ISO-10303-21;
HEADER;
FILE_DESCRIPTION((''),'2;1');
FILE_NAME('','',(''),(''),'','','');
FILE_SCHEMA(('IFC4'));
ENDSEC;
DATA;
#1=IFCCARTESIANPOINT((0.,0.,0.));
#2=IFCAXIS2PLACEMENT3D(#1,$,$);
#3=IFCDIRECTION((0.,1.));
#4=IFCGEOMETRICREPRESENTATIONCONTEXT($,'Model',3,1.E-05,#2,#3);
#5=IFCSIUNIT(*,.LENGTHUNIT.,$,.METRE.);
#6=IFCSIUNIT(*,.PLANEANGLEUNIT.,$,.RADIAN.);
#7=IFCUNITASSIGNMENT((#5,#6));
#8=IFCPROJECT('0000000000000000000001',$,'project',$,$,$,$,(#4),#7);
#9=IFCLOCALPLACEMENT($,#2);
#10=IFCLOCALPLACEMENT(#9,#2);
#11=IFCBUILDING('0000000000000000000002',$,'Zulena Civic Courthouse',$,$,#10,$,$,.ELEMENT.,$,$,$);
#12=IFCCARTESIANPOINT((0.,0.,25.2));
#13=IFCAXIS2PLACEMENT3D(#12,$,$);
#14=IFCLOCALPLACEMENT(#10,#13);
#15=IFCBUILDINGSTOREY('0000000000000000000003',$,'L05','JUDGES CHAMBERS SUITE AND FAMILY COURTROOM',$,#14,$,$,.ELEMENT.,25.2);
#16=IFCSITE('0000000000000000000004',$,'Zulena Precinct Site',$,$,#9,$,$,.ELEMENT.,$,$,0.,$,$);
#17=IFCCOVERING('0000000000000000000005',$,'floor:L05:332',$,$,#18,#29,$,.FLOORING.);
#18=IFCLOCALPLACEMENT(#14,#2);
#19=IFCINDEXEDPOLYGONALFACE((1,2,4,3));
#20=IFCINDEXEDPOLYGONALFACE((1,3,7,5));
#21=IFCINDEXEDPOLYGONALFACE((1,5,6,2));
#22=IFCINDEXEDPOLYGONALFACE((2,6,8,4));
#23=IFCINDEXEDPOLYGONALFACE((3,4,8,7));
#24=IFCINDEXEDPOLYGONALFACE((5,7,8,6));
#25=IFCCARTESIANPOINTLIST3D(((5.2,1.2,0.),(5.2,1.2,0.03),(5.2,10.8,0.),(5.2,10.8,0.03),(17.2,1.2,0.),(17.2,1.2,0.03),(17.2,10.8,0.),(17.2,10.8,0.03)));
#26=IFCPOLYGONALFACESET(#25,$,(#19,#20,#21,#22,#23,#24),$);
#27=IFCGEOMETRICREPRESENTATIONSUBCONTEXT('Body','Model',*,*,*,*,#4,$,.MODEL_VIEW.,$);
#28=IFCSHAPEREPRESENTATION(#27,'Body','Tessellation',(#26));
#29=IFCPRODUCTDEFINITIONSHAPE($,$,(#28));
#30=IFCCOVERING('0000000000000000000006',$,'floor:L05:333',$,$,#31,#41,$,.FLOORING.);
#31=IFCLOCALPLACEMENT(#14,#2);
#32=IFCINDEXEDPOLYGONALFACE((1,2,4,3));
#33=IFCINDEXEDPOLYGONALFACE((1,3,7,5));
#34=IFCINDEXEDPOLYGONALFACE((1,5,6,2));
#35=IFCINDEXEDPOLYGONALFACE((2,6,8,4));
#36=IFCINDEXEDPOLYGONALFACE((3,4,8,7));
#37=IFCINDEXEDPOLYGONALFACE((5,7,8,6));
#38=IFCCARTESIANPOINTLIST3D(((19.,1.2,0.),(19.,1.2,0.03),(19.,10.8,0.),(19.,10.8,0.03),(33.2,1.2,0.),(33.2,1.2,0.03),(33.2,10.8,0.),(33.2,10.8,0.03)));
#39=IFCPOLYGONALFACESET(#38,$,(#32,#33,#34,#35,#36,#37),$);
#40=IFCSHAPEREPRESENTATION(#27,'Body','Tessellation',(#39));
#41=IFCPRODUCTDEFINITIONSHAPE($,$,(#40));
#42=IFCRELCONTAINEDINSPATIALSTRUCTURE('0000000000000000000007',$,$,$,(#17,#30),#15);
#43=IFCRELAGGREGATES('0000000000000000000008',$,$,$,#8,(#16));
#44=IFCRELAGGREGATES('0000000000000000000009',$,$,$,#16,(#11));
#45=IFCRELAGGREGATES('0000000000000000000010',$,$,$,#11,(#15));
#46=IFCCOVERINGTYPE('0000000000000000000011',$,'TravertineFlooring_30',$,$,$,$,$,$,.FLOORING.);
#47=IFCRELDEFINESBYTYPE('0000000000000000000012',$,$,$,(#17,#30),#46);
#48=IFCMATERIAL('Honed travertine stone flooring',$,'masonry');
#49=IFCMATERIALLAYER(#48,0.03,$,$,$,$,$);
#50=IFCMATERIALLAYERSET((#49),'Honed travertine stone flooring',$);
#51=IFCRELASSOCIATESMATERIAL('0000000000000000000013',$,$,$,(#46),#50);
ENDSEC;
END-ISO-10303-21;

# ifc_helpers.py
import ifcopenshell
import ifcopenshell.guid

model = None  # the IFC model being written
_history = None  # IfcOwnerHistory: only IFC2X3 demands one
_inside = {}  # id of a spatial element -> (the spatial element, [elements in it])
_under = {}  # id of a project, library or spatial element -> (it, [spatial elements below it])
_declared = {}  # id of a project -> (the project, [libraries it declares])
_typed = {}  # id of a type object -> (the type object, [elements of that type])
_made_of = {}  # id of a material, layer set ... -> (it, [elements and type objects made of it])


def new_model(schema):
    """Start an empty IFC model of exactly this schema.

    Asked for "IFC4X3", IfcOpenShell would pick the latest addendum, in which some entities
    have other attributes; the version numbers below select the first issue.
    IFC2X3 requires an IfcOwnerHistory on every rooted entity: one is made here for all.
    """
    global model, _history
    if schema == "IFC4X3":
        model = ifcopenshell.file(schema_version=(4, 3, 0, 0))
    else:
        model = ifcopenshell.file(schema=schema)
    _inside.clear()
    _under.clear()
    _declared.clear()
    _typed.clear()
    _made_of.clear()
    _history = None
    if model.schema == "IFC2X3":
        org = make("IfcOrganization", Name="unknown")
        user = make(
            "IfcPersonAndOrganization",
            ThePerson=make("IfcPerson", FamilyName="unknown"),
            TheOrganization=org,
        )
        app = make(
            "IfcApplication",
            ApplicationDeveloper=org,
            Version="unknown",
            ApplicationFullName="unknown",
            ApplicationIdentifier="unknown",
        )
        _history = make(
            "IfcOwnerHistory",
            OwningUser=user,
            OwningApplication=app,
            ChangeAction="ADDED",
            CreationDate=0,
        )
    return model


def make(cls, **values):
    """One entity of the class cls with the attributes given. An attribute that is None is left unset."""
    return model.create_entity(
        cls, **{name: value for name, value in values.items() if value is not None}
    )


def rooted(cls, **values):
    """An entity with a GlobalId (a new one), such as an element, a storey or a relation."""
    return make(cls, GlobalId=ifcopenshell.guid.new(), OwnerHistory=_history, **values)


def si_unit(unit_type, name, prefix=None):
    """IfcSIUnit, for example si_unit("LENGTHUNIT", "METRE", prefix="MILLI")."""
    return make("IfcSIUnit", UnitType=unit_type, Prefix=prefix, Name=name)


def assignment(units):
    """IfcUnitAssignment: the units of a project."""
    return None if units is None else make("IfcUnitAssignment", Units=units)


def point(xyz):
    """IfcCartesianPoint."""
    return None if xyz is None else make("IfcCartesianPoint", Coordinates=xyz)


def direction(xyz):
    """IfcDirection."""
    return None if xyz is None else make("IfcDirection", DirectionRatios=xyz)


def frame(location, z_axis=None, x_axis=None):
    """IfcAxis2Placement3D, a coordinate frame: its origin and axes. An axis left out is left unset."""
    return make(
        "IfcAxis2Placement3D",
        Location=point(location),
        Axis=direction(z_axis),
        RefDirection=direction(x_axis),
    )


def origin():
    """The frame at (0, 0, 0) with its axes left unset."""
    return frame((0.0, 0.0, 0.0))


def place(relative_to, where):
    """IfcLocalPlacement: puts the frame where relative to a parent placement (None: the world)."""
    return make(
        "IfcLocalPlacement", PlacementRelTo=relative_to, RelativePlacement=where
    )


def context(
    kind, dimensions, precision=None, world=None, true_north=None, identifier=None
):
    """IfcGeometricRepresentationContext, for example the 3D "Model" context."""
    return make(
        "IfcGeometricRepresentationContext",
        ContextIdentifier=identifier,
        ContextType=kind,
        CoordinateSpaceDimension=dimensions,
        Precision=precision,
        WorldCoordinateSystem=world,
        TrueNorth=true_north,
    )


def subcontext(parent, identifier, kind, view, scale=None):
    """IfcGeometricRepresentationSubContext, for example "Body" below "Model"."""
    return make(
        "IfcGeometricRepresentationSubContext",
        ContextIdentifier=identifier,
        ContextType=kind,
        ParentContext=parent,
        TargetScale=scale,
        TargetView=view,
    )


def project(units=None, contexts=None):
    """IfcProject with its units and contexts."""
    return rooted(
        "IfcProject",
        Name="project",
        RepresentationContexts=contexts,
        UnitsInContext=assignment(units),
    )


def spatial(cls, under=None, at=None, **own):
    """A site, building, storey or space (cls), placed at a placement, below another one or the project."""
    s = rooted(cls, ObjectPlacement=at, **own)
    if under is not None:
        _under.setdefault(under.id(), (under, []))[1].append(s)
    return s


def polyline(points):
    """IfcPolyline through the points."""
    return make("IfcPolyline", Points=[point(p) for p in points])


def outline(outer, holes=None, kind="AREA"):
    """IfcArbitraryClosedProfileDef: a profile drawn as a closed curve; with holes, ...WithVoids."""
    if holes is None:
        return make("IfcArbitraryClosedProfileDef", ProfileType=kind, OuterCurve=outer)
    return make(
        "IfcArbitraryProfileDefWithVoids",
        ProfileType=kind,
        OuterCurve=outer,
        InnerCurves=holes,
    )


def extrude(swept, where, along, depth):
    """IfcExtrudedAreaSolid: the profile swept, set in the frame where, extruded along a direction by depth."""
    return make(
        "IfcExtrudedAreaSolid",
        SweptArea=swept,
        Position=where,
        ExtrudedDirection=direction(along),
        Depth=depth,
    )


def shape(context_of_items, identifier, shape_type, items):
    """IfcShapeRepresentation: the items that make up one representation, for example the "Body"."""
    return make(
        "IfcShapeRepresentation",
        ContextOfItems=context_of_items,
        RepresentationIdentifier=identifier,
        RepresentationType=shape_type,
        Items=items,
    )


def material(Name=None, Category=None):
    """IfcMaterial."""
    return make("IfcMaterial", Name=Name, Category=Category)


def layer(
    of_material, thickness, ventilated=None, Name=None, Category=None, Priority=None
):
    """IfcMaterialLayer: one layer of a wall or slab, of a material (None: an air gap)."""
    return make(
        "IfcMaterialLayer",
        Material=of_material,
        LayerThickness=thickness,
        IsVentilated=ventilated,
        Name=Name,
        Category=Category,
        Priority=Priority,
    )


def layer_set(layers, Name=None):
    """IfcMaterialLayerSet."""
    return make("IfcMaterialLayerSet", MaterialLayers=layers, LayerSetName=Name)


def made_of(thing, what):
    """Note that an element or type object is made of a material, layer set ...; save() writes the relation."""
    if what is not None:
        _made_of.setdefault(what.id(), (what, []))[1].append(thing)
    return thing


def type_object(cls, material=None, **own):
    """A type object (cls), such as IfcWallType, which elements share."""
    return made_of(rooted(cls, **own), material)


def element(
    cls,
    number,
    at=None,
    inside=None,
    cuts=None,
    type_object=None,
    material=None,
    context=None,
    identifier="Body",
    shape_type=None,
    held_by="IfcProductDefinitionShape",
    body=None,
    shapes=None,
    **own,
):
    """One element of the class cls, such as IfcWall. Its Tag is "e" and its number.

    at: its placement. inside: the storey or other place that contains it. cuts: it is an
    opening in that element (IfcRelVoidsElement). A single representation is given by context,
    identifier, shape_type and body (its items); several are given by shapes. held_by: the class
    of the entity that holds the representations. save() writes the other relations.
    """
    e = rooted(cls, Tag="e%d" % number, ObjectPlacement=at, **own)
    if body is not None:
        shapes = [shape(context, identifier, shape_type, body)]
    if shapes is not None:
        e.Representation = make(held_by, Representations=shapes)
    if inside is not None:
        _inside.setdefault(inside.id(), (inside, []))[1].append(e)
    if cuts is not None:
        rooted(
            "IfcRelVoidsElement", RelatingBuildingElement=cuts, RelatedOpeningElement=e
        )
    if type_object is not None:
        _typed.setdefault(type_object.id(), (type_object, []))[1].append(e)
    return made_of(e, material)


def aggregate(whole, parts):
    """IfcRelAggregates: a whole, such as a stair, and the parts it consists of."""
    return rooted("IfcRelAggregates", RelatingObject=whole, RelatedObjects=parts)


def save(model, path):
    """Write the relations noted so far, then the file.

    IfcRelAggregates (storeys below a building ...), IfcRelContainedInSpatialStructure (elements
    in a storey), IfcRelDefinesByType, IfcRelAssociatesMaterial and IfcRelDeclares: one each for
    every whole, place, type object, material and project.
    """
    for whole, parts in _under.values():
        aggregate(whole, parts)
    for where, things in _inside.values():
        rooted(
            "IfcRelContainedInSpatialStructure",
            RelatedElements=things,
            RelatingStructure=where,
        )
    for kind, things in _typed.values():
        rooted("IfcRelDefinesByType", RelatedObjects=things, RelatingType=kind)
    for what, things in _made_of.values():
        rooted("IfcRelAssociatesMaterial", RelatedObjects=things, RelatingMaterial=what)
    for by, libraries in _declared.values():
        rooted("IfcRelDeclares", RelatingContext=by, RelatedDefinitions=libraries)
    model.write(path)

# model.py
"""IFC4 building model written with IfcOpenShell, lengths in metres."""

from ifc_helpers import new_model, si_unit, direction, frame, origin, place, context, subcontext, project, spatial, polyline, outline, extrude, material, layer, layer_set, type_object, element, save


model = new_model("IFC4")

# Units and contexts
model_context = context("Model", 3, precision=1e-05, world=origin(), true_north=direction((0.0, 1.0)))
body_context = subcontext(model_context, "Body", "Model", "MODEL_VIEW")
ifc_project = project(units=[si_unit("LENGTHUNIT", "METRE"), si_unit("PLANEANGLEUNIT", "RADIAN")], contexts=[model_context])

# Site, building, storey
site_placement = place(None, origin())
site = spatial("IfcSite", under=ifc_project, at=site_placement, Name="Zulena Precinct Site", CompositionType="ELEMENT", RefElevation=0.0)
building_placement = place(site_placement, origin())
building = spatial("IfcBuilding", under=site, at=building_placement, Name="Zulena Civic Courthouse", CompositionType="ELEMENT")
storey_placement = place(building_placement, frame((0.0, 0.0, 25.2)))
storey = spatial("IfcBuildingStorey", under=building, at=storey_placement, Name="L05", Description="JUDGES CHAMBERS SUITE AND FAMILY COURTROOM", CompositionType="ELEMENT", Elevation=25.2)

# Coverings
ifc_material_1 = material(Name="Honed travertine stone flooring", Category="masonry")
ifc_layer_1 = layer(ifc_material_1, 0.03)
ifc_layer_set_1 = layer_set([ifc_layer_1], Name="Honed travertine stone flooring")
covering_type_1 = type_object("IfcCoveringType", Name="TravertineFlooring_30", PredefinedType="FLOORING", material=ifc_layer_set_1)
covering_1_placement = place(storey_placement, origin())
element("IfcCovering", 1, at=covering_1_placement, inside=storey, type_object=covering_type_1, Name="floor:L05:332", PredefinedType="FLOORING", context=body_context, shape_type="SweptSolid", body=[
    extrude(outline(polyline([(5.2, 1.2), (17.2, 1.2), (17.2, 10.8), (5.2, 10.8), (5.2, 1.2)])), origin(), (0.0, 0.0, 1.0), 0.03),
])
covering_2_placement = place(storey_placement, origin())
element("IfcCovering", 2, at=covering_2_placement, inside=storey, type_object=covering_type_1, Name="floor:L05:333", PredefinedType="FLOORING", context=body_context, shape_type="SweptSolid", body=[
    extrude(outline(polyline([(19.0, 1.2), (33.2, 1.2), (33.2, 10.8), (19.0, 10.8), (19.0, 1.2)])), origin(), (0.0, 0.0, 1.0), 0.03),
])

save(model, "model.ifc")
